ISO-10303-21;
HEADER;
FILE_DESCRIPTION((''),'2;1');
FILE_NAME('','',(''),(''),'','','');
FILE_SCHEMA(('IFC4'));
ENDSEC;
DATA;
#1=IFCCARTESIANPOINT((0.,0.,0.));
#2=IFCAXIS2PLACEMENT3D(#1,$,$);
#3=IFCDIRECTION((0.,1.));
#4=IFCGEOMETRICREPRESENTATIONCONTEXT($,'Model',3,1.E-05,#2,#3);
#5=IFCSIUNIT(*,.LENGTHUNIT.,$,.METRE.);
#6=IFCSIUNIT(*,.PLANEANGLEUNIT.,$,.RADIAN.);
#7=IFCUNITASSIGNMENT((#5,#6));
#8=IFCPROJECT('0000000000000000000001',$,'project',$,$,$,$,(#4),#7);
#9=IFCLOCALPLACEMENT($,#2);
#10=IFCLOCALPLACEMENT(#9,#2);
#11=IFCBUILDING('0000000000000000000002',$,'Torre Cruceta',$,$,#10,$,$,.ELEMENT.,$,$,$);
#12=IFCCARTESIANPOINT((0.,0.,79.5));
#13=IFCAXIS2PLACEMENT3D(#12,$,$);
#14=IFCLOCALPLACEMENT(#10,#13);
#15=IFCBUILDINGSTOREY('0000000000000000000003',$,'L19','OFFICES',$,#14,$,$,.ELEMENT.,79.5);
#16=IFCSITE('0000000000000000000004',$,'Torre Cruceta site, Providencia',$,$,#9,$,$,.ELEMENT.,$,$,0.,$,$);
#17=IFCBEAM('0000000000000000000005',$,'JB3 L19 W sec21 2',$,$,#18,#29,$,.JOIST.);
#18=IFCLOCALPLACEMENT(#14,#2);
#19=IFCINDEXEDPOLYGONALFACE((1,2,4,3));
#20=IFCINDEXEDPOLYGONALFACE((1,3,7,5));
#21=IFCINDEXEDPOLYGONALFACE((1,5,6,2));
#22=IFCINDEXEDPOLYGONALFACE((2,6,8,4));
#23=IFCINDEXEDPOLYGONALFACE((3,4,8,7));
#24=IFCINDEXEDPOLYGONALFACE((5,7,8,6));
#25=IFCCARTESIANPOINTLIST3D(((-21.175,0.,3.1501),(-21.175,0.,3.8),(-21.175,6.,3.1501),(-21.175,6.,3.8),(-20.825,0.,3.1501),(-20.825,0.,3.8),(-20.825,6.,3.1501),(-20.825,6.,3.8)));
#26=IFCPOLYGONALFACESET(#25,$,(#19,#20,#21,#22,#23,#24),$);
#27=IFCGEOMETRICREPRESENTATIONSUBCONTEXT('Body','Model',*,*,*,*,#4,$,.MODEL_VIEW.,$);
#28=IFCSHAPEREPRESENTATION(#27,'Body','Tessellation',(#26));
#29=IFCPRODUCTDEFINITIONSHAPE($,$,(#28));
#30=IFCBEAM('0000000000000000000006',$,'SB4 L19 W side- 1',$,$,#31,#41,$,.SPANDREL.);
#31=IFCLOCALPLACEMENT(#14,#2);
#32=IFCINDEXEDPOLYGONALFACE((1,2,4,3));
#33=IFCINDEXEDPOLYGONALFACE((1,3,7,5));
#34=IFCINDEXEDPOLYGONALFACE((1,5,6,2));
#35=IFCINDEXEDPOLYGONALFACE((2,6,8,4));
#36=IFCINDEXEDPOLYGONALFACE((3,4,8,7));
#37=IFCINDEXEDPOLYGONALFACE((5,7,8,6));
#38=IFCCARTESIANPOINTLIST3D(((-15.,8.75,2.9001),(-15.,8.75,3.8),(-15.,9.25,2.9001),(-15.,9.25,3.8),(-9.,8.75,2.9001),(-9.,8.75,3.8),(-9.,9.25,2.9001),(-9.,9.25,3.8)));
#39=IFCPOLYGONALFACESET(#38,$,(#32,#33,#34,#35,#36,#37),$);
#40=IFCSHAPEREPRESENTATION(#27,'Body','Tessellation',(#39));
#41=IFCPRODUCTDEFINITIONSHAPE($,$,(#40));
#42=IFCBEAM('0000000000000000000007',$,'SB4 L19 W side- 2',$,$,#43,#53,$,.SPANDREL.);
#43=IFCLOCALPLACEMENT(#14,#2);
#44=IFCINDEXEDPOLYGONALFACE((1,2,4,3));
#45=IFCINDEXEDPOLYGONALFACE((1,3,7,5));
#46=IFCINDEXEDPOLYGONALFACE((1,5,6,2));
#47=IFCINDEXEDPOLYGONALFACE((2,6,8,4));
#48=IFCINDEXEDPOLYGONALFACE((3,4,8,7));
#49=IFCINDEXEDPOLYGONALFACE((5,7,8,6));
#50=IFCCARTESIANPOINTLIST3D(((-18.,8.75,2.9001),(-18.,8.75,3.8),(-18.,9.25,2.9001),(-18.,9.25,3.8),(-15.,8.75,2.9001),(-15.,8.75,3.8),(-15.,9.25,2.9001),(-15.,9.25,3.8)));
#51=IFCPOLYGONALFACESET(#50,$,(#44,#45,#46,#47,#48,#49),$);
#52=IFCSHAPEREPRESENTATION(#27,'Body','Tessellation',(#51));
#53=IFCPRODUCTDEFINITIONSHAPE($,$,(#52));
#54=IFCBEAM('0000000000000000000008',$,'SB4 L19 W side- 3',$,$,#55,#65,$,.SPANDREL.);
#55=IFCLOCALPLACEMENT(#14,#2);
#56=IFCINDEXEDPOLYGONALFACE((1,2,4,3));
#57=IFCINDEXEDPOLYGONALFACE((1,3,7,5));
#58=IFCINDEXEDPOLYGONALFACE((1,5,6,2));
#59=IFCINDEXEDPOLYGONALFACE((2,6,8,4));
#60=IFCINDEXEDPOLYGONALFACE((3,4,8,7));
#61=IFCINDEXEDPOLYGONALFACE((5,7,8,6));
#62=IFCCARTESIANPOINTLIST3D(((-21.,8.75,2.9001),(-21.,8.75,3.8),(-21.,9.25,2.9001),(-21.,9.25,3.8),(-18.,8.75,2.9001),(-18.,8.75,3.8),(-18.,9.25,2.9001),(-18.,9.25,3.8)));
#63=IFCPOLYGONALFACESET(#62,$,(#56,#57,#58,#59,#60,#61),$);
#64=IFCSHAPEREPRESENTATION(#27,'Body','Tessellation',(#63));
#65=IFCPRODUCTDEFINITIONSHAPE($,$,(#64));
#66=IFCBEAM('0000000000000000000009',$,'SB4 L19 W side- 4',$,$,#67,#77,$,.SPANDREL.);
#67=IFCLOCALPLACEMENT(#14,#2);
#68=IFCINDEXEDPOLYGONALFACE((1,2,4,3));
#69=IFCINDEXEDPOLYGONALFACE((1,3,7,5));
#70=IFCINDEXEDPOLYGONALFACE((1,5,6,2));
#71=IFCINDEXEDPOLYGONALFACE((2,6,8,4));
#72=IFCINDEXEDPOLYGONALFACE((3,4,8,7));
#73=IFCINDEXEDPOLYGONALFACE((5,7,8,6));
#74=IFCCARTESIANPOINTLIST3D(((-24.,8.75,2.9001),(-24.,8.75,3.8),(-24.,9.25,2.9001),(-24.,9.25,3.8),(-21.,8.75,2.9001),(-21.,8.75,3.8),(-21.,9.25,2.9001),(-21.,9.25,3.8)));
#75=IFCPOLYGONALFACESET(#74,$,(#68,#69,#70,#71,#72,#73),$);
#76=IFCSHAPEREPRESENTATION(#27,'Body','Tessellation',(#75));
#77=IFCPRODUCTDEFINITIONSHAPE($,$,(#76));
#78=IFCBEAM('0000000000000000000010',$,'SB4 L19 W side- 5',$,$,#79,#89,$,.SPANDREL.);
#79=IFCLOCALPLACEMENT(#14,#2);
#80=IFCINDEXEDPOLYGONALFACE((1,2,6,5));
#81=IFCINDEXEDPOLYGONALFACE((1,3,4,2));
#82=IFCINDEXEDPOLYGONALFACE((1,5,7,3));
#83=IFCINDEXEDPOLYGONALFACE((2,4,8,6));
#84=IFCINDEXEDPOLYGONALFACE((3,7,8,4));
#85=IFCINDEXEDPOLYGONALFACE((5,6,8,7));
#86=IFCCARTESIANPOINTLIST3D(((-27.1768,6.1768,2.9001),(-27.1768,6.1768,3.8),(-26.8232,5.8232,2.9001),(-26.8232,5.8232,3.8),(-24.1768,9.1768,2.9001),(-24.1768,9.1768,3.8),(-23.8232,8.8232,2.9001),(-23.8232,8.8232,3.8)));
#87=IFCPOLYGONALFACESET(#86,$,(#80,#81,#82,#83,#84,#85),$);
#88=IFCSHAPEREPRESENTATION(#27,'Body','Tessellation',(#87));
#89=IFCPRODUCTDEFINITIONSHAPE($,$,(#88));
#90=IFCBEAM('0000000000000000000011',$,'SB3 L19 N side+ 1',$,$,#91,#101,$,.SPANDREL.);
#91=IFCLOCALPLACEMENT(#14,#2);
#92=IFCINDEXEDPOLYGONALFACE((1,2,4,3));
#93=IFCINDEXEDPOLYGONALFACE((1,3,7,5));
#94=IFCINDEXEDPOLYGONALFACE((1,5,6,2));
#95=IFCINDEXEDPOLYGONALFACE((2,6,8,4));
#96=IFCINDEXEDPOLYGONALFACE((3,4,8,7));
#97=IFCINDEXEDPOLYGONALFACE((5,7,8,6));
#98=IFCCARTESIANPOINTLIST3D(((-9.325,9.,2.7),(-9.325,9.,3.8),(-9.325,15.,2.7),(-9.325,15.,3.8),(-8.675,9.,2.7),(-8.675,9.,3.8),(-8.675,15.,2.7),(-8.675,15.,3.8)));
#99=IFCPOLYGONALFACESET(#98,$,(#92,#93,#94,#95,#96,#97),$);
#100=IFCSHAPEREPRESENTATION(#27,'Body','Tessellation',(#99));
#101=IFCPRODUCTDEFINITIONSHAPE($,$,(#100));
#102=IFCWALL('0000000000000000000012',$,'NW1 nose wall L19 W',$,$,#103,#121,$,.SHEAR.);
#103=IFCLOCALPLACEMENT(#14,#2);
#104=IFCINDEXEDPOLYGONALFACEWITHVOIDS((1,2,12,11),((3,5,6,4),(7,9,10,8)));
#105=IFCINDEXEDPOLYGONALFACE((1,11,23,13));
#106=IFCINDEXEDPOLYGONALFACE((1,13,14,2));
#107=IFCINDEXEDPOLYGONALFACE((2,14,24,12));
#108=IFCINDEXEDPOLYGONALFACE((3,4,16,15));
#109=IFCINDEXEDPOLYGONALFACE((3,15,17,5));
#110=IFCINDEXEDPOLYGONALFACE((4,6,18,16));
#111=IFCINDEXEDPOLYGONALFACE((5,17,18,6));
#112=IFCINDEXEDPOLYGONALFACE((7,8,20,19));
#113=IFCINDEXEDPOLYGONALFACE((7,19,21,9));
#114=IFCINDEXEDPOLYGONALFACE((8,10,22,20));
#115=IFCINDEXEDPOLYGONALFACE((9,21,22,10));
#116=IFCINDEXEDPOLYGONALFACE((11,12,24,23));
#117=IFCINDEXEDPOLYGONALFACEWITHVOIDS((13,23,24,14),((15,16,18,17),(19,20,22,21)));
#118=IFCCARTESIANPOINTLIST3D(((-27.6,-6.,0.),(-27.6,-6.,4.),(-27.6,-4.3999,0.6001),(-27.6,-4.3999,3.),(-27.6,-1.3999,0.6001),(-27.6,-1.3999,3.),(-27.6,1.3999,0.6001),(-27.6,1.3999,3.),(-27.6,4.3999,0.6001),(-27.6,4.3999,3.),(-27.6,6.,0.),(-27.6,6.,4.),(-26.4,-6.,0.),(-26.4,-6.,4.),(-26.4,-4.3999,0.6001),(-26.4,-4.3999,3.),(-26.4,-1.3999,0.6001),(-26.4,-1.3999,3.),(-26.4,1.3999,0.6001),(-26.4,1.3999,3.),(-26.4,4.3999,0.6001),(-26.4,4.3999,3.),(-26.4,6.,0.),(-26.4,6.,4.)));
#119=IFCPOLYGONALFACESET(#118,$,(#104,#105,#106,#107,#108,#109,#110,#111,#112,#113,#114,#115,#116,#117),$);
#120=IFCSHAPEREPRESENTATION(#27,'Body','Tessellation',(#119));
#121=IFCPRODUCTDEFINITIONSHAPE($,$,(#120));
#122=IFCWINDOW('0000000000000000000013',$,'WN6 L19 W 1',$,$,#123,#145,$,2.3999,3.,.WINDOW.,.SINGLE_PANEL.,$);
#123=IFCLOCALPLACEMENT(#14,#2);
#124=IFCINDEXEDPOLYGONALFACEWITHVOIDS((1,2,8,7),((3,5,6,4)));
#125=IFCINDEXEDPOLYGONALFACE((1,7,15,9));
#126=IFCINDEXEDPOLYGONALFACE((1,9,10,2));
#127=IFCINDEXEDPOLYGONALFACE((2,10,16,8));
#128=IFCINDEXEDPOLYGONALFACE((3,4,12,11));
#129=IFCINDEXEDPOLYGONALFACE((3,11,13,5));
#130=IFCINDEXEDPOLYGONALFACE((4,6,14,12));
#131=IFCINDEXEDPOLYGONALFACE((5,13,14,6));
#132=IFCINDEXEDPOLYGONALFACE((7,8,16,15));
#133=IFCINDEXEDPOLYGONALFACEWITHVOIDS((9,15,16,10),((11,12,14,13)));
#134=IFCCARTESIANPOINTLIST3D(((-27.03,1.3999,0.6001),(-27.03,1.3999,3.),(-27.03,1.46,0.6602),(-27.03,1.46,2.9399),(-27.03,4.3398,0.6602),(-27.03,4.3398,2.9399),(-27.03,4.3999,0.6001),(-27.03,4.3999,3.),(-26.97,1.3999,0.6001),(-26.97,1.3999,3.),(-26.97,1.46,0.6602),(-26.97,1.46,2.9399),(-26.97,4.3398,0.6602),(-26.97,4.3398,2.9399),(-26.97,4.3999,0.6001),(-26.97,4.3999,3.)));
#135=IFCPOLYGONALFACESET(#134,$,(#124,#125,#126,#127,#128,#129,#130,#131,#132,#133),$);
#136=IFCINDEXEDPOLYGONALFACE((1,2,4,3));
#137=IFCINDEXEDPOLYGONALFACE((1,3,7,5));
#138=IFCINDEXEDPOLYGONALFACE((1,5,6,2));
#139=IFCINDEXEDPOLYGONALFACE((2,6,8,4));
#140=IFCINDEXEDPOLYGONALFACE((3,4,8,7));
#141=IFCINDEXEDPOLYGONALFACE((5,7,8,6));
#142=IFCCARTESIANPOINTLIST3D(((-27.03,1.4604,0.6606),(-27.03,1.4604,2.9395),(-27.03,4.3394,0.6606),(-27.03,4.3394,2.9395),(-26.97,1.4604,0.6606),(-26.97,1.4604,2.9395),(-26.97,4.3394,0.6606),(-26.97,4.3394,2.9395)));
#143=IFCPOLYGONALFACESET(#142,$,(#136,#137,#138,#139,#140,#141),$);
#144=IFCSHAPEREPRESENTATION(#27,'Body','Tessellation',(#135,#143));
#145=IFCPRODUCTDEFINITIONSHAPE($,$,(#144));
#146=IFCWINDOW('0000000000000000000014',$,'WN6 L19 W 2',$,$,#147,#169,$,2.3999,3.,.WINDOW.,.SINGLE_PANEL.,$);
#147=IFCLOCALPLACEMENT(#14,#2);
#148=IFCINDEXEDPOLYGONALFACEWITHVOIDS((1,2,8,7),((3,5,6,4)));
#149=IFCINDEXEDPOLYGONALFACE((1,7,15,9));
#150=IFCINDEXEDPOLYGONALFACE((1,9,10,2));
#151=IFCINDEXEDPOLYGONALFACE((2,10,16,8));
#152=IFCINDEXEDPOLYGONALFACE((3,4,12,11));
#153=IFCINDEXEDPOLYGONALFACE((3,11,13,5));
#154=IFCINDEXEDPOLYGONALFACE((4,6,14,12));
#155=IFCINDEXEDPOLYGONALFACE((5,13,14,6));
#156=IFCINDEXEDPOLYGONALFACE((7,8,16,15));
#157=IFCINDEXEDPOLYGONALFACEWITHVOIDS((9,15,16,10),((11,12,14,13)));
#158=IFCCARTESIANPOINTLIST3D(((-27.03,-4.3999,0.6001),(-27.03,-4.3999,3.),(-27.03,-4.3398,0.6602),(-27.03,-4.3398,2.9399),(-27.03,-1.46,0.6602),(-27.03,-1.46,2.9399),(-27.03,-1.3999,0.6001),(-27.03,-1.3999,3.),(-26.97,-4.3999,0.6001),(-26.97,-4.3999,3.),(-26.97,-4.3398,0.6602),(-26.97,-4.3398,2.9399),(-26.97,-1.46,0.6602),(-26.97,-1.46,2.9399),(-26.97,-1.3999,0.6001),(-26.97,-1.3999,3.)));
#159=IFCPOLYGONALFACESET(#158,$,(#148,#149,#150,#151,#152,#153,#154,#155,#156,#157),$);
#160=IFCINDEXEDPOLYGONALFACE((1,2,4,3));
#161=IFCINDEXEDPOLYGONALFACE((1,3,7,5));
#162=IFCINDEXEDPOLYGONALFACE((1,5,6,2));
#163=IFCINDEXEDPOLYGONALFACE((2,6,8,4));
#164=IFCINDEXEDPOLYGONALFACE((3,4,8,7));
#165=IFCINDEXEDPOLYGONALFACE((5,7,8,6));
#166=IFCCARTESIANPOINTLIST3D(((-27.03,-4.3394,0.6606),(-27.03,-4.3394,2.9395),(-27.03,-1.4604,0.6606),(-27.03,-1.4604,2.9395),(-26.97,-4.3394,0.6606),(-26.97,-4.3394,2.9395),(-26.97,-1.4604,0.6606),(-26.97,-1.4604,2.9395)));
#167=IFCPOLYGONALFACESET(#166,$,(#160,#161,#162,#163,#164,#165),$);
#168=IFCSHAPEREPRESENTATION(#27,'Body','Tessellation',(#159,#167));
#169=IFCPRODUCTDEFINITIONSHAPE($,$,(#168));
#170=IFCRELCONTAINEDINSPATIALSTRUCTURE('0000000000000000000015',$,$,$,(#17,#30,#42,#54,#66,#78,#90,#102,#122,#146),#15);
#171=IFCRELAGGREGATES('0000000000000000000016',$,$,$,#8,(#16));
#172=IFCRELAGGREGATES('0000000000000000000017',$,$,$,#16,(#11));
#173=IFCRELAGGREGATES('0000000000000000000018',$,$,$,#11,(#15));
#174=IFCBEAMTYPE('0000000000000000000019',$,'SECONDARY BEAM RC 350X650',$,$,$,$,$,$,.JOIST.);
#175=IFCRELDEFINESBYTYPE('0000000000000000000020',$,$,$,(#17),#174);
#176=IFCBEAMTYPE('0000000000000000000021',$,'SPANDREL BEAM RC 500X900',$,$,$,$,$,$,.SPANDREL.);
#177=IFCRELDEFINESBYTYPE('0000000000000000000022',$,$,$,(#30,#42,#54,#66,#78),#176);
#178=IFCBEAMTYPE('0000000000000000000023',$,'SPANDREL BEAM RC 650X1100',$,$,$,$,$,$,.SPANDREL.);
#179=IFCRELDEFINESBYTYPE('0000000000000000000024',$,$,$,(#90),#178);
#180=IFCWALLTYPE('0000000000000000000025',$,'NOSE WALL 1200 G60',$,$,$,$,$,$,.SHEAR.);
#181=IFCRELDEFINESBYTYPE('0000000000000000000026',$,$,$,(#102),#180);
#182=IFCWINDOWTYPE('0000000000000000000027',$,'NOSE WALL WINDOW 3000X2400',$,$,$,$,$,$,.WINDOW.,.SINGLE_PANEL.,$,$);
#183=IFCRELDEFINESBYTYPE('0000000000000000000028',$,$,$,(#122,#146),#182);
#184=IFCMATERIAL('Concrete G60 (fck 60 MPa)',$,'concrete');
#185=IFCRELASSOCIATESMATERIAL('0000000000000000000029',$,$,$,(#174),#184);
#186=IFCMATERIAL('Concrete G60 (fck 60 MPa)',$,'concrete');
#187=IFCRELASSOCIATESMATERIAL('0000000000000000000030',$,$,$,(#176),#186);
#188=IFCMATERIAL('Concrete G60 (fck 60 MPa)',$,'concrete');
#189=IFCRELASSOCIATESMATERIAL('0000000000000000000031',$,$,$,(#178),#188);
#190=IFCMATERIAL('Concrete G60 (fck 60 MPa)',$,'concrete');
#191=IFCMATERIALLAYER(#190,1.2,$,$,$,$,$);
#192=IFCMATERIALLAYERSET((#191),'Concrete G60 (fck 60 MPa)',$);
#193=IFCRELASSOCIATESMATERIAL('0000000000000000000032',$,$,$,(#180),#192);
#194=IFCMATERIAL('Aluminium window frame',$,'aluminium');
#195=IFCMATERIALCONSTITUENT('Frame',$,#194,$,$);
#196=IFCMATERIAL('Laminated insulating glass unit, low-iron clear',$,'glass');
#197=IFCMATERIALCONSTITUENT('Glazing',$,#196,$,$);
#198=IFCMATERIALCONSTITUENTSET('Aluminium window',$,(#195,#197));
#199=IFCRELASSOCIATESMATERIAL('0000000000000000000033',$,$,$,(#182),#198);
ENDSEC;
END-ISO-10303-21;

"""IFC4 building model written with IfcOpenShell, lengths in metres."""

from ifc_helpers import new_model, si_unit, direction, frame, frame_2d, origin, origin_2d, place, context, subcontext, project, spatial, rectangle, hollow_rectangle, extrude, material, layer, layer_set, constituent, constituent_set, material_profile, profile_set, type_object, element, fill, save


model = new_model("IFC4")

# Units and contexts
model_context = context("Model", 3, precision=1e-05, world=origin(), true_north=direction((0.0, 1.0)))
body_context = subcontext(model_context, "Body", "Model", "MODEL_VIEW")
ifc_project = project(units=[si_unit("LENGTHUNIT", "METRE"), si_unit("PLANEANGLEUNIT", "RADIAN")], contexts=[model_context])

# Site, building, storey
site_placement = place(None, origin())
site = spatial("IfcSite", under=ifc_project, at=site_placement, Name="Torre Cruceta site, Providencia", CompositionType="ELEMENT", RefElevation=0.0)
building_placement = place(site_placement, origin())
building = spatial("IfcBuilding", under=site, at=building_placement, Name="Torre Cruceta", CompositionType="ELEMENT")
storey_placement = place(building_placement, frame((0.0, 0.0, 79.5)))
storey = spatial("IfcBuildingStorey", under=building, at=storey_placement, Name="L19", Description="OFFICES", CompositionType="ELEMENT", Elevation=79.5)

# Beams
ifc_material_1 = material(Name="Concrete G60 (fck 60 MPa)", Category="concrete")
ifc_material_profile_1 = material_profile(ifc_material_1, rectangle(XDim=0.3501, YDim=0.6499, at=origin_2d()), Name="RC 350X650")
ifc_profile_set_1 = profile_set([ifc_material_profile_1], Name="Concrete G60 (fck 60 MPa)")
beam_type_1 = type_object("IfcBeamType", Name="SECONDARY BEAM RC 350X650", PredefinedType="JOIST", material=ifc_profile_set_1)
beam_1_placement = place(storey_placement, frame((-21.0, 6.0, 3.4751), z_axis=(0.0, -1.0, 0.0), x_axis=(1.0, 0.0, 0.0)))
element("IfcBeam", 1, at=beam_1_placement, inside=storey, type_object=beam_type_1, Name="JB3 L19 W sec21 2", PredefinedType="JOIST", context=body_context, shape_type="SweptSolid", body=[
    extrude(rectangle(XDim=0.3501, YDim=0.6499, at=origin_2d()), origin(), (0.0, 0.0, 1.0), 6.0),
])
ifc_material_2 = material(Name="Concrete G60 (fck 60 MPa)", Category="concrete")
ifc_material_profile_2 = material_profile(ifc_material_2, rectangle(XDim=0.5, YDim=0.8999, at=origin_2d()), Name="RC 500X900")
ifc_profile_set_2 = profile_set([ifc_material_profile_2], Name="Concrete G60 (fck 60 MPa)")
beam_type_2 = type_object("IfcBeamType", Name="SPANDREL BEAM RC 500X900", PredefinedType="SPANDREL", material=ifc_profile_set_2)
beam_2_placement = place(storey_placement, frame((-9.0, 9.0, 3.3501), z_axis=(-1.0, 0.0, 0.0), x_axis=(0.0, -1.0, 0.0)))
element("IfcBeam", 2, at=beam_2_placement, inside=storey, type_object=beam_type_2, Name="SB4 L19 W side- 1", PredefinedType="SPANDREL", context=body_context, shape_type="SweptSolid", body=[
    extrude(rectangle(XDim=0.5, YDim=0.8999, at=origin_2d()), origin(), (0.0, 0.0, 1.0), 6.0),
])
for number, where, z_axis, x_axis, name in (
    (3, (-15.0, 9.0, 3.3501), (-1.0, 0.0, 0.0), (0.0, -1.0, 0.0), "SB4 L19 W side- 2"),
    (4, (-18.0, 9.0, 3.3501), (-1.0, 0.0, 0.0), (0.0, -1.0, 0.0), "SB4 L19 W side- 3"),
    (5, (-21.0, 9.0, 3.3501), (-1.0, 0.0, 0.0), (0.0, -1.0, 0.0), "SB4 L19 W side- 4"),
):
    element("IfcBeam", number, at=place(storey_placement, frame(where, z_axis=z_axis, x_axis=x_axis)), inside=storey, type_object=beam_type_2, Name=name, PredefinedType="SPANDREL", context=body_context, shape_type="SweptSolid", body=[
        extrude(rectangle(XDim=0.5, YDim=0.8999, at=origin_2d()), origin(), (0.0, 0.0, 1.0), 3.0),
    ])
beam_3_placement = place(storey_placement, frame((-24.0, 9.0, 3.3501), z_axis=(-0.707107, -0.707107, 0.0), x_axis=(0.707107, -0.707107, 0.0)))
element("IfcBeam", 6, at=beam_3_placement, inside=storey, type_object=beam_type_2, Name="SB4 L19 W side- 5", PredefinedType="SPANDREL", context=body_context, shape_type="SweptSolid", body=[
    extrude(rectangle(XDim=0.5, YDim=0.8999, at=origin_2d()), origin(), (0.0, 0.0, 1.0), 4.2427),
])
ifc_material_3 = material(Name="Concrete G60 (fck 60 MPa)", Category="concrete")
ifc_material_profile_3 = material_profile(ifc_material_3, rectangle(XDim=0.6499, YDim=1.1001, at=origin_2d()), Name="RC 650X1100")
ifc_profile_set_3 = profile_set([ifc_material_profile_3], Name="Concrete G60 (fck 60 MPa)")
beam_type_3 = type_object("IfcBeamType", Name="SPANDREL BEAM RC 650X1100", PredefinedType="SPANDREL", material=ifc_profile_set_3)
beam_4_placement = place(storey_placement, frame((-9.0, 9.0, 3.25), z_axis=(0.0, 1.0, 0.0), x_axis=(-1.0, 0.0, 0.0)))
element("IfcBeam", 7, at=beam_4_placement, inside=storey, type_object=beam_type_3, Name="SB3 L19 N side+ 1", PredefinedType="SPANDREL", context=body_context, shape_type="SweptSolid", body=[
    extrude(rectangle(XDim=0.6499, YDim=1.1001, at=origin_2d()), origin(), (0.0, 0.0, 1.0), 6.0),
])

# Wall, openings, windows
ifc_material_4 = material(Name="Concrete G60 (fck 60 MPa)", Category="concrete")
ifc_layer_1 = layer(ifc_material_4, 1.2)
ifc_layer_set_1 = layer_set([ifc_layer_1], Name="Concrete G60 (fck 60 MPa)")
wall_type_1 = type_object("IfcWallType", Name="NOSE WALL 1200 G60", PredefinedType="SHEAR", material=ifc_layer_set_1)
wall_1_placement = place(storey_placement, frame((-27.0, 6.0, 0.0), z_axis=(0.0, 0.0, 1.0), x_axis=(0.0, -1.0, 0.0)))
wall_1 = element("IfcWall", 8, at=wall_1_placement, inside=storey, type_object=wall_type_1, Name="NW1 nose wall L19 W", PredefinedType="SHEAR", context=body_context, shape_type="SweptSolid", body=[
    extrude(rectangle(XDim=12.0, YDim=1.2, at=frame_2d((6.0, 0.0))), origin(), (0.0, 0.0, 1.0), 4.0),
])
opening_1_placement = place(wall_1_placement, frame((1.6001, 0.0, 0.6001)))
opening_1 = element("IfcOpeningElement", 9, at=opening_1_placement, cuts=wall_1, PredefinedType="OPENING", context=body_context, shape_type="SweptSolid", body=[
    extrude(rectangle(XDim=3.0, YDim=2.3999, at=frame_2d((1.5, 1.2))), frame((0.0, 0.6099, 0.0), z_axis=(0.0, -1.0, 0.0), x_axis=(1.0, 0.0, 0.0)), (0.0, 0.0, 1.0), 1.22),
])
opening_2_placement = place(wall_1_placement, frame((7.3999, 0.0, 0.6001)))
opening_2 = element("IfcOpeningElement", 10, at=opening_2_placement, cuts=wall_1, PredefinedType="OPENING", context=body_context, shape_type="SweptSolid", body=[
    extrude(rectangle(XDim=3.0, YDim=2.3999, at=frame_2d((1.5, 1.2))), frame((0.0, 0.6099, 0.0), z_axis=(0.0, -1.0, 0.0), x_axis=(1.0, 0.0, 0.0)), (0.0, 0.0, 1.0), 1.22),
])
ifc_material_5 = material(Name="Aluminium window frame", Category="aluminium")
ifc_constituent_1 = constituent(ifc_material_5, Name="Frame")
ifc_material_6 = material(Name="Laminated insulating glass unit, low-iron clear", Category="glass")
ifc_constituent_2 = constituent(ifc_material_6, Name="Glazing")
ifc_constituent_set_1 = constituent_set(constituents=[ifc_constituent_1, ifc_constituent_2], Name="Aluminium window")
window_type = type_object("IfcWindowType", Name="NOSE WALL WINDOW 3000X2400", PartitioningType="SINGLE_PANEL", PredefinedType="WINDOW", material=ifc_constituent_set_1)
window_1_placement = place(opening_1_placement, origin())
window_1 = element("IfcWindow", 11, at=window_1_placement, inside=storey, type_object=window_type, Name="WN6 L19 W 1", OverallHeight=2.3999, OverallWidth=3.0, PartitioningType="SINGLE_PANEL", PredefinedType="WINDOW", context=body_context, shape_type="SweptSolid", body=[
    extrude(hollow_rectangle(XDim=3.0, YDim=2.3999, WallThickness=0.0601, at=frame_2d((1.5, 1.2))), frame((0.0, 0.03, 0.0), z_axis=(0.0, -1.0, 0.0), x_axis=(1.0, 0.0, 0.0)), (0.0, 0.0, 1.0), 0.0601),
    extrude(rectangle(XDim=2.8789, YDim=2.2788, at=frame_2d((1.5, 1.2))), frame((0.0, 0.03, 0.0), z_axis=(0.0, -1.0, 0.0), x_axis=(1.0, 0.0, 0.0)), (0.0, 0.0, 1.0), 0.0601),
])
fill(opening_1, window_1)
window_2_placement = place(opening_2_placement, origin())
window_2 = element("IfcWindow", 12, at=window_2_placement, inside=storey, type_object=window_type, Name="WN6 L19 W 2", OverallHeight=2.3999, OverallWidth=3.0, PartitioningType="SINGLE_PANEL", PredefinedType="WINDOW", context=body_context, shape_type="SweptSolid", body=[
    extrude(hollow_rectangle(XDim=3.0, YDim=2.3999, WallThickness=0.0601, at=frame_2d((1.5, 1.2))), frame((0.0, 0.03, 0.0), z_axis=(0.0, -1.0, 0.0), x_axis=(1.0, 0.0, 0.0)), (0.0, 0.0, 1.0), 0.0601),
    extrude(rectangle(XDim=2.8789, YDim=2.2788, at=frame_2d((1.5, 1.2))), frame((0.0, 0.03, 0.0), z_axis=(0.0, -1.0, 0.0), x_axis=(1.0, 0.0, 0.0)), (0.0, 0.0, 1.0), 0.0601),
])
fill(opening_2, window_2)

save(model, "model.ifc")
